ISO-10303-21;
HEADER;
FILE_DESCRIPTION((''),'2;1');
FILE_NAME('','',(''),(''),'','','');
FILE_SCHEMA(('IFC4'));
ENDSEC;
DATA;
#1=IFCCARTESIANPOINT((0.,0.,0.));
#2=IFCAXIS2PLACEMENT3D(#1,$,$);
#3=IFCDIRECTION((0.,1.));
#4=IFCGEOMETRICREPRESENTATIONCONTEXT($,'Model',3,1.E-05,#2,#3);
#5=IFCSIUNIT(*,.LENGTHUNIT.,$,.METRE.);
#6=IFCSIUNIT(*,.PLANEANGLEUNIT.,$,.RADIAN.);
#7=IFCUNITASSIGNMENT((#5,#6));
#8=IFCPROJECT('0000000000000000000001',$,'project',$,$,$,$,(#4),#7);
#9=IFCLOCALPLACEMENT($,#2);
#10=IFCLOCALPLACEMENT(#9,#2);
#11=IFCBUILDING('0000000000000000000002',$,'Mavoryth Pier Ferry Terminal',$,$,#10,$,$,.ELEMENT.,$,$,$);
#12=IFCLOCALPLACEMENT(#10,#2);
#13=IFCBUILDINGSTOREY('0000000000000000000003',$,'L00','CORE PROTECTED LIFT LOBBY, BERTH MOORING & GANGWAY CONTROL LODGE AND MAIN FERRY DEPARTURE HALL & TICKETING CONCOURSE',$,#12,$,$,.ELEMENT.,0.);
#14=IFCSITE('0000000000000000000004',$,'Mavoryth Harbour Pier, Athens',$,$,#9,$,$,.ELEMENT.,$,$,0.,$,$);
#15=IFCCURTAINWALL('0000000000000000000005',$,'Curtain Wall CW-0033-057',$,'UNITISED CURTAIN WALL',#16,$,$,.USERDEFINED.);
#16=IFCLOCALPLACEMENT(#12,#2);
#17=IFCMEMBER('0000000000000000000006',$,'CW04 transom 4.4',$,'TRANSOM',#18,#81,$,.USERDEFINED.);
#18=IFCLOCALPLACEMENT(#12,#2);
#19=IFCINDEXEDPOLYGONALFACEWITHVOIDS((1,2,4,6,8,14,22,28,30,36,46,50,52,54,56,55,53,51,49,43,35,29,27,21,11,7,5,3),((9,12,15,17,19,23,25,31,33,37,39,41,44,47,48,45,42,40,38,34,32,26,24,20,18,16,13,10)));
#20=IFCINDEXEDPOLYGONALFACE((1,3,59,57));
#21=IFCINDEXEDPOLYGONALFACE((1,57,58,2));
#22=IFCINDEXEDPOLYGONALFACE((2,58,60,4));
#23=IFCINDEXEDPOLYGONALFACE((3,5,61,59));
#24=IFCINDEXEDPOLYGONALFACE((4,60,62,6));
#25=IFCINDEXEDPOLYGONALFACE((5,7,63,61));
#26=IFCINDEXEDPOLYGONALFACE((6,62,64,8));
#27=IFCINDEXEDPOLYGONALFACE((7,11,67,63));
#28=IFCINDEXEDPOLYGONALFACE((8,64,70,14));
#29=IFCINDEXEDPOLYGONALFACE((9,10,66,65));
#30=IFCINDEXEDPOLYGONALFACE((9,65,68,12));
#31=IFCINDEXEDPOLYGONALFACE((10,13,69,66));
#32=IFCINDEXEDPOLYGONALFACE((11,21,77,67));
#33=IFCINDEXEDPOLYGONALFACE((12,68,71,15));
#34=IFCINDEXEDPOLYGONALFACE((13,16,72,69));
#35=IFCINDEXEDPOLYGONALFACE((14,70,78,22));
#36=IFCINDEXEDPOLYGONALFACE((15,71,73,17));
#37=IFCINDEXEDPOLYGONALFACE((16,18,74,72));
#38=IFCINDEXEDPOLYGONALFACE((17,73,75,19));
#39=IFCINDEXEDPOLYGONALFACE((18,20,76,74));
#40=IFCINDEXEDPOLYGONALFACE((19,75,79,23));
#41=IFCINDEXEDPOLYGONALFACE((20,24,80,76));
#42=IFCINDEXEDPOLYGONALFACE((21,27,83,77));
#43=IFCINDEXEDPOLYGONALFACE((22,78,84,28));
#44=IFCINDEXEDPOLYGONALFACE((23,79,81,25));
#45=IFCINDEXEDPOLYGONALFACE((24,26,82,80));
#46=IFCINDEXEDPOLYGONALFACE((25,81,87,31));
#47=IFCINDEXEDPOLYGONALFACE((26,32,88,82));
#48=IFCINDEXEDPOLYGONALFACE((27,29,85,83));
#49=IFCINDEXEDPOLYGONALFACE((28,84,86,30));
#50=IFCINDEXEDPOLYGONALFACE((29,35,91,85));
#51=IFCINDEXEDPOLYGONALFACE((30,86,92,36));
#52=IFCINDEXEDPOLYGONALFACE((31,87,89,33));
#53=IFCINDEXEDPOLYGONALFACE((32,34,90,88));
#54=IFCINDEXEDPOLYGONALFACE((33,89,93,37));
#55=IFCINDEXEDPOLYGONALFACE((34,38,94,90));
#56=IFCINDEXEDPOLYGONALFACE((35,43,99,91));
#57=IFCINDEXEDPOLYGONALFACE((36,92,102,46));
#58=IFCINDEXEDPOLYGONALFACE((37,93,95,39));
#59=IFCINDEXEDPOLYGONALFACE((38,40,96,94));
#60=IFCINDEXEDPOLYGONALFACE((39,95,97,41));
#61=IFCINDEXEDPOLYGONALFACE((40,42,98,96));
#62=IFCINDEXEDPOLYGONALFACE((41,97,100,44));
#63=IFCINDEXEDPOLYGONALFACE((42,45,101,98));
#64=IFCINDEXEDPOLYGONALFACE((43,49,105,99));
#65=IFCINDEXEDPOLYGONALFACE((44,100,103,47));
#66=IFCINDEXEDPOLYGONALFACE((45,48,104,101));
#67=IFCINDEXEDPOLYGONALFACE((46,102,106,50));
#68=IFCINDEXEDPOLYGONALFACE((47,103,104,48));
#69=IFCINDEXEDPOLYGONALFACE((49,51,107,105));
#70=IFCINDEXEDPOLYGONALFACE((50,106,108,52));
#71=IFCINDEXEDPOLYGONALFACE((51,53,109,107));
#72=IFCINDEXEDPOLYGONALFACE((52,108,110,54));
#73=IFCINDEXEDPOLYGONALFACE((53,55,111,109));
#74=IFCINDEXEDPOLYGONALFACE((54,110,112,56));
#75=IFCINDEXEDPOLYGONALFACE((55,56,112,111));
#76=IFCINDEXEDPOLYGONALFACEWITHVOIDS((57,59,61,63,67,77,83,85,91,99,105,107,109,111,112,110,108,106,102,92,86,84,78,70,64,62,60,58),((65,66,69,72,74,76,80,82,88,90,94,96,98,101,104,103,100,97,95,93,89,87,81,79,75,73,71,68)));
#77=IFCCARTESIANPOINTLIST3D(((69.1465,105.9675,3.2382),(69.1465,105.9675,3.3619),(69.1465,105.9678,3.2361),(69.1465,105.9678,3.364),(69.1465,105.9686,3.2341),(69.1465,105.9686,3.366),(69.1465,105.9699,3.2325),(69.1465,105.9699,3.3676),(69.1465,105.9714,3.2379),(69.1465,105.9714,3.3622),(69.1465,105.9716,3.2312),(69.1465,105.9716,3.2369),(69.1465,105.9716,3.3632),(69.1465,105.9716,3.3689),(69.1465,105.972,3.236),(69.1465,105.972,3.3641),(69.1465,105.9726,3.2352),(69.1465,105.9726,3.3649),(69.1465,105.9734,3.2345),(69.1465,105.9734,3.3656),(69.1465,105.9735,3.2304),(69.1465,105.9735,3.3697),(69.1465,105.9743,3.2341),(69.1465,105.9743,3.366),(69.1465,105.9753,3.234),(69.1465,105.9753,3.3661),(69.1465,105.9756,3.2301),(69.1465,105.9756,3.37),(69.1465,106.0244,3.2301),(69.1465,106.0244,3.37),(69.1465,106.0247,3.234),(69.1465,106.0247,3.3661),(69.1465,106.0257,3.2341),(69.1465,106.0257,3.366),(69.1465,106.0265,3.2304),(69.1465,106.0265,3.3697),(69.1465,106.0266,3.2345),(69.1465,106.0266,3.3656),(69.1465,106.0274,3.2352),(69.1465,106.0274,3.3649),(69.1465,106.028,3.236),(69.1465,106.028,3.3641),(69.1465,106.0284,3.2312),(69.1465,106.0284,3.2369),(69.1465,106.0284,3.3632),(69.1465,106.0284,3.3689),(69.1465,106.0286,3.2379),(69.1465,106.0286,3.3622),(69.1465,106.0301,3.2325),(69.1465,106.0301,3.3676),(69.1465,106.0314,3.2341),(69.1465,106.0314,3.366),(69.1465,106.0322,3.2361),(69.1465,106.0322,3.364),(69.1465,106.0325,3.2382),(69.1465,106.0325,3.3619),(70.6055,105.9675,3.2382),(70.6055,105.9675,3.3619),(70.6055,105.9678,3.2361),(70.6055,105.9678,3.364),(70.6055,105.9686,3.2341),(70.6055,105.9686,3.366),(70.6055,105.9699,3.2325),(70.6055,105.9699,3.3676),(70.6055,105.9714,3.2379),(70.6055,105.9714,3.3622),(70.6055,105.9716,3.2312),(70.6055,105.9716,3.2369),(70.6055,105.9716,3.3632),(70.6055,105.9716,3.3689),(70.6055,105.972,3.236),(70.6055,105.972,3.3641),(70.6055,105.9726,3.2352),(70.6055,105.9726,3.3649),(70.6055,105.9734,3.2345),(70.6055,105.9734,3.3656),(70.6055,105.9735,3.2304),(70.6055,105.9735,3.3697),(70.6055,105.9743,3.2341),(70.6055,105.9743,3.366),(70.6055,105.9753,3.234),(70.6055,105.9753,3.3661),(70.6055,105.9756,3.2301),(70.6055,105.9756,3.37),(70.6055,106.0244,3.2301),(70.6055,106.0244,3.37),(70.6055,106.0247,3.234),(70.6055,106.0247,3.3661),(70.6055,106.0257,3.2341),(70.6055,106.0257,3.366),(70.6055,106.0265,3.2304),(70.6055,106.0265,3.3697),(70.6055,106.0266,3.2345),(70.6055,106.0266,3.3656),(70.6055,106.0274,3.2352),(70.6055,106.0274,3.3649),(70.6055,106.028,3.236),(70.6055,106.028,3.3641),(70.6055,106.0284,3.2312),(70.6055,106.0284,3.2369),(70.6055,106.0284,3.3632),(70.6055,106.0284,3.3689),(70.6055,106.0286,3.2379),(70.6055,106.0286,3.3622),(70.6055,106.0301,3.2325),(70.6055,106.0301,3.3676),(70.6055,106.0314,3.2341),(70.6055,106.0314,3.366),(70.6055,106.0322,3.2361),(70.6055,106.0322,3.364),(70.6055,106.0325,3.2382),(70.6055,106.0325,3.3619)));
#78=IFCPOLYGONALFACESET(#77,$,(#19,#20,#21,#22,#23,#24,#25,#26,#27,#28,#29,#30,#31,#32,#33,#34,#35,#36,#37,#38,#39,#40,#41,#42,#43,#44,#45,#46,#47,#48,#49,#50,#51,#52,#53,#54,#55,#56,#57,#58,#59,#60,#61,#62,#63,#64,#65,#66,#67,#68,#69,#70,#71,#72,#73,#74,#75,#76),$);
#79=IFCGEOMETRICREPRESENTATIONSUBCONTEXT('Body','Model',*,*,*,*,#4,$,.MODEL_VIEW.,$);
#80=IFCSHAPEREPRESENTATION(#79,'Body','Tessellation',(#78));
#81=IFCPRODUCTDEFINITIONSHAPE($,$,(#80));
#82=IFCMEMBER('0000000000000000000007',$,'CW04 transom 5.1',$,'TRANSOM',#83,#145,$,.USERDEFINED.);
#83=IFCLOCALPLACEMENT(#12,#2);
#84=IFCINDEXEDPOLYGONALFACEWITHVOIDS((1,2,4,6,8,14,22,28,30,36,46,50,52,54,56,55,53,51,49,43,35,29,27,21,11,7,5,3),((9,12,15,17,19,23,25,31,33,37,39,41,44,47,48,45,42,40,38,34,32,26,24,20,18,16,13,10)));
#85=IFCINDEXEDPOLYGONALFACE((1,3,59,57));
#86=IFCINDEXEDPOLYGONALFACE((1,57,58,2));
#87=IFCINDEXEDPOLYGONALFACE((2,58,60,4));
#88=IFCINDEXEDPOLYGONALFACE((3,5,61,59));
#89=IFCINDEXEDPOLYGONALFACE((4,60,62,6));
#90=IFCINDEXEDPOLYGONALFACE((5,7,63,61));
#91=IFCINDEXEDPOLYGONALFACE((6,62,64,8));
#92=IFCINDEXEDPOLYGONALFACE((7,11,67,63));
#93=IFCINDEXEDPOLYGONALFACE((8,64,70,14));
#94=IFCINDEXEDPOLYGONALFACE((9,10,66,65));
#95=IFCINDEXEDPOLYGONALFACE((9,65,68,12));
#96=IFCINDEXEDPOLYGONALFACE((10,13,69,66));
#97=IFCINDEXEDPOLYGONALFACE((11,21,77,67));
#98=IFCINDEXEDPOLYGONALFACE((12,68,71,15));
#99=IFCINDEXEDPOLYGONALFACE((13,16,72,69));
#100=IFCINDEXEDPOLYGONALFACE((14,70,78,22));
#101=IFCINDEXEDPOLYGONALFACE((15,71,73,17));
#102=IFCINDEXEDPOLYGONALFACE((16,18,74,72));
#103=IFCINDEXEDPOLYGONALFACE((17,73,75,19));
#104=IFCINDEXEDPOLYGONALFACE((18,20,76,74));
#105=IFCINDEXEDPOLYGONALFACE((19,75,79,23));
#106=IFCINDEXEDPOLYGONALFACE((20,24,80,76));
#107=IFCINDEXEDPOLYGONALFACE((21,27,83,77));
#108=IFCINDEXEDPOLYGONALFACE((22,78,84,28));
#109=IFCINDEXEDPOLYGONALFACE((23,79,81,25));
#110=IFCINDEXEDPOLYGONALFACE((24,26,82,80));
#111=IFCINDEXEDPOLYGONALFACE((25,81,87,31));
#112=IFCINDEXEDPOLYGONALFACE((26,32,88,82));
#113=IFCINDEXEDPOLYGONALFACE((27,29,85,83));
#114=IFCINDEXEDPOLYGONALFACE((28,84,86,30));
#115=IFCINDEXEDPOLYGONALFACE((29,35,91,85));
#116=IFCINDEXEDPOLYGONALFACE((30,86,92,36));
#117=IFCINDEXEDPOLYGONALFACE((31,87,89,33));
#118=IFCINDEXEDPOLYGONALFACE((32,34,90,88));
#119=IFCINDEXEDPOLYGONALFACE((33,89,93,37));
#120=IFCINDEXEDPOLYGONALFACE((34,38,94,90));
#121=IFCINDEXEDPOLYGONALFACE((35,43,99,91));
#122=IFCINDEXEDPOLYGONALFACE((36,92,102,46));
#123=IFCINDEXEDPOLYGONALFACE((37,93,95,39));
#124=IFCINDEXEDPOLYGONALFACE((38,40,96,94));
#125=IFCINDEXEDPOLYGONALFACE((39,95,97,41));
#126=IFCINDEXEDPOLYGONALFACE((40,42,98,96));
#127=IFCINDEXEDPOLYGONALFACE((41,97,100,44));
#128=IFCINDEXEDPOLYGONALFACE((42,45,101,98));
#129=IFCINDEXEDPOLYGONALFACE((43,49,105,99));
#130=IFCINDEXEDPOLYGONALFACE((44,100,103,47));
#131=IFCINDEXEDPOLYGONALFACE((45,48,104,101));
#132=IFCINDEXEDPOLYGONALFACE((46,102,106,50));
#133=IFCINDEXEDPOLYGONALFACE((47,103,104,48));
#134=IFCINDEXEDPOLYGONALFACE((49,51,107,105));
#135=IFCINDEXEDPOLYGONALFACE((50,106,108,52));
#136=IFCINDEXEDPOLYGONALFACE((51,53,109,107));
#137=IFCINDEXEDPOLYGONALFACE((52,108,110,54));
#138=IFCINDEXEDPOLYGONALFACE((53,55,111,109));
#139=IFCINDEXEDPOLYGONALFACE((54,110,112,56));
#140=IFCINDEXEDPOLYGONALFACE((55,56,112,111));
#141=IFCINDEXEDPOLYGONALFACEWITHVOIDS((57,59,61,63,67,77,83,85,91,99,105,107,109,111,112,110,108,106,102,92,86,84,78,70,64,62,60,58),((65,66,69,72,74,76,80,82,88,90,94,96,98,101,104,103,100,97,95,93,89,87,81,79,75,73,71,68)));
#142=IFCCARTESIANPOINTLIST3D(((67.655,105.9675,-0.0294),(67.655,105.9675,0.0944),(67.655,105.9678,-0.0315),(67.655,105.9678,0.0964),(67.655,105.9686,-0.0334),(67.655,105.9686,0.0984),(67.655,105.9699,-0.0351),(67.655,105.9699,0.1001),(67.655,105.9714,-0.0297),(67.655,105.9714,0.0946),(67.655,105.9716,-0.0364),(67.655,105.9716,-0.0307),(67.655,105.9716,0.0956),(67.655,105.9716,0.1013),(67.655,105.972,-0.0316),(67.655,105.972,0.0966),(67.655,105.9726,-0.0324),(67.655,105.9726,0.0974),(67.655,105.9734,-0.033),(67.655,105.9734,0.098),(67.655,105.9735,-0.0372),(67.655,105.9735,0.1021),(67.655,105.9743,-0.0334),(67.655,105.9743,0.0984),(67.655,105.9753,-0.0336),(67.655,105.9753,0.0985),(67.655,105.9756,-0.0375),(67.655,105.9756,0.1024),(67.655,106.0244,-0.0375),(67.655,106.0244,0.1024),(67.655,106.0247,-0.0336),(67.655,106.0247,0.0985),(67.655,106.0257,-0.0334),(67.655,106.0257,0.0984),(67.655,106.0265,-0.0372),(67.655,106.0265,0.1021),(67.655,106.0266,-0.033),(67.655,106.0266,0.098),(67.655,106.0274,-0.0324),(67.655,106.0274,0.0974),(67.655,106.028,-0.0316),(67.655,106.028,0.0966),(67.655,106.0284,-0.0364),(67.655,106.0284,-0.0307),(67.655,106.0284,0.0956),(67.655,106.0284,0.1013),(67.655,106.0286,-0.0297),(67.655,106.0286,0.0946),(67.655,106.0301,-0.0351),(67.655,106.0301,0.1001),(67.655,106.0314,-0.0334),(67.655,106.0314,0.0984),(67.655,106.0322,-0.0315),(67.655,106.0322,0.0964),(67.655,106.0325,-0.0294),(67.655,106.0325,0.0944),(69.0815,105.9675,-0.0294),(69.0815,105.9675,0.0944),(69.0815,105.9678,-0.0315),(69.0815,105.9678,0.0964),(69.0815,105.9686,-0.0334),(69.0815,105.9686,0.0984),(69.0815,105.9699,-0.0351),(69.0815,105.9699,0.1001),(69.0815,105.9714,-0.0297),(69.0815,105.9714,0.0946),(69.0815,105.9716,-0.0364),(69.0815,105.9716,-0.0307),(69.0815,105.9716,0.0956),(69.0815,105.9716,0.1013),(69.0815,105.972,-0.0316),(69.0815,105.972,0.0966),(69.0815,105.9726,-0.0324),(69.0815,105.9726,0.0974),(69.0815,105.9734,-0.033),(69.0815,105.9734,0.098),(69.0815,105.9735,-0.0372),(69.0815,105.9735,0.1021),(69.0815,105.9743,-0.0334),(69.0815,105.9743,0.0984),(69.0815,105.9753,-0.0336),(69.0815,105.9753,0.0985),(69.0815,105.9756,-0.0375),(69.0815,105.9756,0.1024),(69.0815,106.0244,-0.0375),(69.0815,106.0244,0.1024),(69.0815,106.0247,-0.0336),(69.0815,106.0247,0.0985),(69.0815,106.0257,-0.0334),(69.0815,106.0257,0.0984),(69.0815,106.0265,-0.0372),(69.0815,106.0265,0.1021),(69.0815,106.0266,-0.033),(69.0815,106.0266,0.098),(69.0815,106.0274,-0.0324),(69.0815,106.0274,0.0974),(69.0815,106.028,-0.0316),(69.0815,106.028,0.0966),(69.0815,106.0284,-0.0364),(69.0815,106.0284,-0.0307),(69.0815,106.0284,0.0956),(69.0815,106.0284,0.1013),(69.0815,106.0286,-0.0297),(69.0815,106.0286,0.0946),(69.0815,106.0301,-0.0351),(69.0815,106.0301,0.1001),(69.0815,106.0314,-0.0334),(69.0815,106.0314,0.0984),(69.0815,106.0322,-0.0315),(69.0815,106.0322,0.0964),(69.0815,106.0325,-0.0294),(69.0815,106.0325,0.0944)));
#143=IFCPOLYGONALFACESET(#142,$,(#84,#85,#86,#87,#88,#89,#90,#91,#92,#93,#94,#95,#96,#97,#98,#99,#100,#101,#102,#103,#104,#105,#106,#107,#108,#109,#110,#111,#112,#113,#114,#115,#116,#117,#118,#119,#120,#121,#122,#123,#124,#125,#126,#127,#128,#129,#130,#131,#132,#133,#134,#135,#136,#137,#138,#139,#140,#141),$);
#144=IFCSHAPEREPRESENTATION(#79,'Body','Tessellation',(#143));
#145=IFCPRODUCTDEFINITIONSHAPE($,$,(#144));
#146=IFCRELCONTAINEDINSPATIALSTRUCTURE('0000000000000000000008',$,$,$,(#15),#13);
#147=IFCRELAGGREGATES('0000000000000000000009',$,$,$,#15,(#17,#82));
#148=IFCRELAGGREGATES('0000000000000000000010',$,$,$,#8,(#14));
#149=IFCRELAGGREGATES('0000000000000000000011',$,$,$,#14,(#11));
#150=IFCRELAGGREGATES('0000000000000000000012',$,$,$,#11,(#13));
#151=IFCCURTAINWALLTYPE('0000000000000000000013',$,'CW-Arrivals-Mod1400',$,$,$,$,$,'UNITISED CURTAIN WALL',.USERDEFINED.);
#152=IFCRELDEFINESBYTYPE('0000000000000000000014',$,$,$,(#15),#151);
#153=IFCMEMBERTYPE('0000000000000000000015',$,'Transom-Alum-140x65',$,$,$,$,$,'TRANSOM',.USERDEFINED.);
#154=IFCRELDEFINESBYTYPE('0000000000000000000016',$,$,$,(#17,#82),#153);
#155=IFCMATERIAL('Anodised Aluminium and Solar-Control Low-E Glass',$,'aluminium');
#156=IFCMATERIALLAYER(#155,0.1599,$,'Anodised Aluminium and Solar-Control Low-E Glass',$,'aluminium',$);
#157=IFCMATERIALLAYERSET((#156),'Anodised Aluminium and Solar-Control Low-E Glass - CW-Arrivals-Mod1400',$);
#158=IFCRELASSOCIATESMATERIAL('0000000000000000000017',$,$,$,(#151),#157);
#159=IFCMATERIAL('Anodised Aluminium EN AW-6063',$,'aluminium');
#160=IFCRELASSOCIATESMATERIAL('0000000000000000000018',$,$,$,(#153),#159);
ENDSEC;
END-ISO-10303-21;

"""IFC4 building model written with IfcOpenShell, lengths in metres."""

from ifc_helpers import new_model, si_unit, direction, frame, origin, origin_2d, place, context, subcontext, project, spatial, hollow_rectangle, extrude, material, layer, layer_set, material_profile, profile_set, type_object, element, aggregate, save


model = new_model("IFC4")

# Units and contexts
model_context = context("Model", 3, precision=1e-05, world=origin(), true_north=direction((0.0, 1.0)))
body_context = subcontext(model_context, "Body", "Model", "MODEL_VIEW")
ifc_project = project(units=[si_unit("LENGTHUNIT", "METRE"), si_unit("PLANEANGLEUNIT", "RADIAN")], contexts=[model_context])

# Site, building, storey
site_placement = place(None, origin())
site = spatial("IfcSite", under=ifc_project, at=site_placement, Name="Mavoryth Harbour Pier, Athens", CompositionType="ELEMENT", RefElevation=0.0)
building_placement = place(site_placement, origin())
building = spatial("IfcBuilding", under=site, at=building_placement, Name="Mavoryth Pier Ferry Terminal", CompositionType="ELEMENT")
storey_placement = place(building_placement, origin())
storey = spatial("IfcBuildingStorey", under=building, at=storey_placement, Name="L00", Description="CORE PROTECTED LIFT LOBBY, BERTH MOORING & GANGWAY CONTROL LODGE AND MAIN FERRY DEPARTURE HALL & TICKETING CONCOURSE", CompositionType="ELEMENT", Elevation=0.0)

# Curtain wall, members
ifc_material_1 = material(Name="Anodised Aluminium and Solar-Control Low-E Glass", Category="aluminium")
ifc_layer_1 = layer(ifc_material_1, 0.1599, Name="Anodised Aluminium and Solar-Control Low-E Glass", Category="aluminium")
ifc_layer_set_1 = layer_set([ifc_layer_1], Name="Anodised Aluminium and Solar-Control Low-E Glass - CW-Arrivals-Mod1400")
curtain_wall_type = type_object("IfcCurtainWallType", Name="CW-Arrivals-Mod1400", ElementType="UNITISED CURTAIN WALL", PredefinedType="USERDEFINED", material=ifc_layer_set_1)
curtain_wall_placement = place(storey_placement, origin())
curtain_wall = element("IfcCurtainWall", 1, at=curtain_wall_placement, inside=storey, type_object=curtain_wall_type, Name="Curtain Wall CW-0033-057", ObjectType="UNITISED CURTAIN WALL", PredefinedType="USERDEFINED")
ifc_material_2 = material(Name="Anodised Aluminium EN AW-6063", Category="aluminium")
ifc_material_profile_1 = material_profile(ifc_material_2, hollow_rectangle(XDim=0.0649, YDim=0.1399, WallThickness=0.0039, InnerFilletRadius=0.0039, OuterFilletRadius=0.0081, at=origin_2d()), Name="AL-TRAN 140x65x4", Category="aluminium")
ifc_profile_set_1 = profile_set([ifc_material_profile_1], Name="Anodised Aluminium EN AW-6063 - AL-TRAN 140x65x4")
member_type_1 = type_object("IfcMemberType", Name="Transom-Alum-140x65", ElementType="TRANSOM", PredefinedType="USERDEFINED", material=ifc_profile_set_1)
member_1_placement = place(storey_placement, frame((70.6055, 106.0, 3.3), z_axis=(-1.0, 0.0, 0.0), x_axis=(0.0, -1.0, 0.0)))
member_1 = element("IfcMember", 2, at=member_1_placement, type_object=member_type_1, Name="CW04 transom 4.4", ObjectType="TRANSOM", PredefinedType="USERDEFINED", context=body_context, shape_type="SweptSolid", body=[
    extrude(hollow_rectangle(XDim=0.0649, YDim=0.1399, WallThickness=0.0039, InnerFilletRadius=0.0039, OuterFilletRadius=0.0081, at=origin_2d()), origin(), (0.0, 0.0, 1.0), 1.459),
])
member_2_placement = place(storey_placement, frame((69.0815, 106.0, 0.0325), z_axis=(-1.0, 0.0, 0.0), x_axis=(0.0, -1.0, 0.0)))
member_2 = element("IfcMember", 3, at=member_2_placement, type_object=member_type_1, Name="CW04 transom 5.1", ObjectType="TRANSOM", PredefinedType="USERDEFINED", context=body_context, shape_type="SweptSolid", body=[
    extrude(hollow_rectangle(XDim=0.0649, YDim=0.1399, WallThickness=0.0039, InnerFilletRadius=0.0039, OuterFilletRadius=0.0081, at=origin_2d()), origin(), (0.0, 0.0, 1.0), 1.4265),
])
aggregate(curtain_wall, [member_1, member_2])

save(model, "model.ifc")
